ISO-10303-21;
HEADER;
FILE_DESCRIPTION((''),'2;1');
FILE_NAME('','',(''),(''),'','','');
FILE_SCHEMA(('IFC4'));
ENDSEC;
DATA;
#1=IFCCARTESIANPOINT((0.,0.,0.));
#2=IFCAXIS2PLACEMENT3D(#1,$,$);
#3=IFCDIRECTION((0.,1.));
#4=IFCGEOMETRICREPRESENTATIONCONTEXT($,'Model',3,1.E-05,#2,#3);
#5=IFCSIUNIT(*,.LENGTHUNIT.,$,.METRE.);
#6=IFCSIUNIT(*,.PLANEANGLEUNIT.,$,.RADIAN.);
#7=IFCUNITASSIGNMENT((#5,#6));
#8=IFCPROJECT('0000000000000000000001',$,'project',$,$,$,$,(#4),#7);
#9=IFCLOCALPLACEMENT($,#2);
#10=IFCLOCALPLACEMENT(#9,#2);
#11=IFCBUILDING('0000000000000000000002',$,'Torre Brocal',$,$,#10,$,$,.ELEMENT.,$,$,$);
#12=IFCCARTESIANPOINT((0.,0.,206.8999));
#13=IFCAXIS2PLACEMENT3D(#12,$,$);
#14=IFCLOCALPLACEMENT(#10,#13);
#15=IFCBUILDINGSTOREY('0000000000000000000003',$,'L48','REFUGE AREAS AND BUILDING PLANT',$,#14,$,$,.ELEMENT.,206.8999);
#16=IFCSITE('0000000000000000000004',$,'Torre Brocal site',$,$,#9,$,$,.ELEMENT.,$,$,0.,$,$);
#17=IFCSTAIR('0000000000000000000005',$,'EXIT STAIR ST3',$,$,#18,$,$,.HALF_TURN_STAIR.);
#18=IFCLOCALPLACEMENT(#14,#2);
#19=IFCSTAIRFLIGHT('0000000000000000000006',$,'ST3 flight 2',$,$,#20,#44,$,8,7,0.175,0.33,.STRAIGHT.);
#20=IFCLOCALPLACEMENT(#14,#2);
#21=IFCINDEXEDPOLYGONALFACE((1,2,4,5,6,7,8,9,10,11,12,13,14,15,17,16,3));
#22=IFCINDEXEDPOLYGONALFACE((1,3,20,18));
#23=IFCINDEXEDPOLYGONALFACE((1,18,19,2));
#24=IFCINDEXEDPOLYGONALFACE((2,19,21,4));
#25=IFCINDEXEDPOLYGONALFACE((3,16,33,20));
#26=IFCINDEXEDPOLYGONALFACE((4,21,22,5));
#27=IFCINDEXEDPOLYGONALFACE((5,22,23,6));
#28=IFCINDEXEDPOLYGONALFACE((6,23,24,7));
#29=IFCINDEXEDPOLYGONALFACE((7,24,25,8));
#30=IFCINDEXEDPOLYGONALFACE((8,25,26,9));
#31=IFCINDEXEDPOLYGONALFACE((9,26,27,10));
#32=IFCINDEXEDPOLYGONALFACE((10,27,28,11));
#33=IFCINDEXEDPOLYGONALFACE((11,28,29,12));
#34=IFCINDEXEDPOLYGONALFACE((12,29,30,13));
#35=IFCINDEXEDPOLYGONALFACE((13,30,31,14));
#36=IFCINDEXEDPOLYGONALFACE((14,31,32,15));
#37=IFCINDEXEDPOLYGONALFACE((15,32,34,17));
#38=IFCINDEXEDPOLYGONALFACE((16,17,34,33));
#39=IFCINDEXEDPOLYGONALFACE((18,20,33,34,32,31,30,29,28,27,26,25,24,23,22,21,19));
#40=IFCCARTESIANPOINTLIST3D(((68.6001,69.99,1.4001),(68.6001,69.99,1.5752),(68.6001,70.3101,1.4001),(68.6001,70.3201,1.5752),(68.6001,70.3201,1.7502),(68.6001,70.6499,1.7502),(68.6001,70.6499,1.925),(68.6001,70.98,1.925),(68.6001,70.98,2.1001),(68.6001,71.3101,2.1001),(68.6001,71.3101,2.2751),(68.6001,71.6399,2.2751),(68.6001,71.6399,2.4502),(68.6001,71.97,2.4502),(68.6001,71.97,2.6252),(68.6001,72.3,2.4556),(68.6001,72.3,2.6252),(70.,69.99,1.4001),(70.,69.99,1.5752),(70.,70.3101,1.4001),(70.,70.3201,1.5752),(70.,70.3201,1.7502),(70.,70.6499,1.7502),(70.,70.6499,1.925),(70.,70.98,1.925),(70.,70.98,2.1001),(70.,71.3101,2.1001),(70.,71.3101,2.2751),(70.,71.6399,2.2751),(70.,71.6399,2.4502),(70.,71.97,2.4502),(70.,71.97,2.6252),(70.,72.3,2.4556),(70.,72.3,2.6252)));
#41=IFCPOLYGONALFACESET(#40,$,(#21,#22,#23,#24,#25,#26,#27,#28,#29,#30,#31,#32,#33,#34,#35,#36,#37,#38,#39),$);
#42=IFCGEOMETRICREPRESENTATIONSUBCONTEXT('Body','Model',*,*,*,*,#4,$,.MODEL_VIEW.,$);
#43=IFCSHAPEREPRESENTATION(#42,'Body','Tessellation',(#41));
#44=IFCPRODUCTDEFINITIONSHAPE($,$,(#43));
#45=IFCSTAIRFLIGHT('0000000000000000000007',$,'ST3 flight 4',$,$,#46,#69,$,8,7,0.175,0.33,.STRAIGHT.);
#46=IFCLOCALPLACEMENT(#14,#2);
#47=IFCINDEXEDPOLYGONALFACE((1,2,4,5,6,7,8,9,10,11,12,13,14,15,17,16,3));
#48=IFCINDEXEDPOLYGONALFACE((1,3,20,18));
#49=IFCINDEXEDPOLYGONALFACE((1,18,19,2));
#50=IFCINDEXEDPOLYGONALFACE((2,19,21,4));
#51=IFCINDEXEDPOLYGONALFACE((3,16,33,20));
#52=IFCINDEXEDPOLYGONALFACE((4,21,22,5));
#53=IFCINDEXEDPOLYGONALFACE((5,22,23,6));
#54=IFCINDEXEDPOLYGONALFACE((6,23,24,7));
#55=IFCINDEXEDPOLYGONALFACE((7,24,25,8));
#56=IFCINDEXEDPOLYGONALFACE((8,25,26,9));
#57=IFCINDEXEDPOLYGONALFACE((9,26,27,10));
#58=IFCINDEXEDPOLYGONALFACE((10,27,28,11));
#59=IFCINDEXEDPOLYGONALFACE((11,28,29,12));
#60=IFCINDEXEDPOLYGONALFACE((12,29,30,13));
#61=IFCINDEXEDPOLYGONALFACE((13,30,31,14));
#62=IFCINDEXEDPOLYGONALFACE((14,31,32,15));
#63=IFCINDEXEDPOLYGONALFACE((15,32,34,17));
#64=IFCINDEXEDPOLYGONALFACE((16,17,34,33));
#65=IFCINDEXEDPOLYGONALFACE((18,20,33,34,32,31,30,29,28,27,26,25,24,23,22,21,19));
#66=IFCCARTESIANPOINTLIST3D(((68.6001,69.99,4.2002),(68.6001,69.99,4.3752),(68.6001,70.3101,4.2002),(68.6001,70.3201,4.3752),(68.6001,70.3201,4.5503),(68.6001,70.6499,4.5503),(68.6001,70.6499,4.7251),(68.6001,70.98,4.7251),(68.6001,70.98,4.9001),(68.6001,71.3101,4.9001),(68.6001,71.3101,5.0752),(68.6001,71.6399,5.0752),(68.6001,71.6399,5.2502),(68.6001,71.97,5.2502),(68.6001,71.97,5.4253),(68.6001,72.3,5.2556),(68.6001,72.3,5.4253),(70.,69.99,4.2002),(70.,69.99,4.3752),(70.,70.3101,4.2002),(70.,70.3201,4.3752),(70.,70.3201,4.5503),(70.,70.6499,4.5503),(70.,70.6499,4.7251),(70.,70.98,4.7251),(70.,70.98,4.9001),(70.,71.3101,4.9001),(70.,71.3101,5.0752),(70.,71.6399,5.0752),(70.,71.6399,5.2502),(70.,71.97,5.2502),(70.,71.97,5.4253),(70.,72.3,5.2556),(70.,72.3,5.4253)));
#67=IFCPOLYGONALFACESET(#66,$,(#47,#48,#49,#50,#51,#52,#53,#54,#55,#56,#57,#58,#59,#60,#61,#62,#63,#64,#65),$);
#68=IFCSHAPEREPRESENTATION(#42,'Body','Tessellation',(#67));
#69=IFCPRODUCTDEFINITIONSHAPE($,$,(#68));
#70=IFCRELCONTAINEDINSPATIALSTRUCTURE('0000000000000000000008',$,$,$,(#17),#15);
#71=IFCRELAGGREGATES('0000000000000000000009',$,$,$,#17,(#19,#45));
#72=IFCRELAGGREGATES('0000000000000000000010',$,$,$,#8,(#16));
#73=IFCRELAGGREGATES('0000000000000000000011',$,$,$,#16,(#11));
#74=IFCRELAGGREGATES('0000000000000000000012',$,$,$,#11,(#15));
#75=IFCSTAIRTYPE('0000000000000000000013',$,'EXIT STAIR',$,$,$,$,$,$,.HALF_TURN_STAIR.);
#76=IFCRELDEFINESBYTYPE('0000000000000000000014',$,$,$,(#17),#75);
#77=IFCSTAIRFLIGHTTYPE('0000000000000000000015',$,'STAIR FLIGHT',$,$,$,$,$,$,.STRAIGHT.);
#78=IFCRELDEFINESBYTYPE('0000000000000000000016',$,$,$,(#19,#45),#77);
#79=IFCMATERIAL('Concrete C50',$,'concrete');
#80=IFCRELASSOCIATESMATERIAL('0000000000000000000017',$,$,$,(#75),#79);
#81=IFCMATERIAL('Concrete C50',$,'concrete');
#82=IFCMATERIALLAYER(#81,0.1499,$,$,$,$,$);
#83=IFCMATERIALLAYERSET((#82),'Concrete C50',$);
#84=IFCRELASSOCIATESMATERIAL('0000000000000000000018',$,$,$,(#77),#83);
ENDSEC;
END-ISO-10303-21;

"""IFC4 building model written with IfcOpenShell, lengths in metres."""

from ifc_helpers import new_model, si_unit, direction, frame, origin, place, context, subcontext, project, spatial, polyline, outline, extrude, material, layer, layer_set, type_object, element, aggregate, save


model = new_model("IFC4")

# Units and contexts
model_context = context("Model", 3, precision=1e-05, world=origin(), true_north=direction((0.0, 1.0)))
body_context = subcontext(model_context, "Body", "Model", "MODEL_VIEW")
ifc_project = project(units=[si_unit("LENGTHUNIT", "METRE"), si_unit("PLANEANGLEUNIT", "RADIAN")], contexts=[model_context])

# Site, building, storey
site_placement = place(None, origin())
site = spatial("IfcSite", under=ifc_project, at=site_placement, Name="Torre Brocal site", CompositionType="ELEMENT", RefElevation=0.0)
building_placement = place(site_placement, origin())
building = spatial("IfcBuilding", under=site, at=building_placement, Name="Torre Brocal", CompositionType="ELEMENT")
storey_placement = place(building_placement, frame((0.0, 0.0, 206.8999)))
storey = spatial("IfcBuildingStorey", under=building, at=storey_placement, Name="L48", Description="REFUGE AREAS AND BUILDING PLANT", CompositionType="ELEMENT", Elevation=206.8999)

# Stair, stair flights
ifc_material_1 = material(Name="Concrete C50", Category="concrete")
stair_type = type_object("IfcStairType", Name="EXIT STAIR", PredefinedType="HALF_TURN_STAIR", material=ifc_material_1)
stair_placement = place(storey_placement, origin())
stair = element("IfcStair", 1, at=stair_placement, inside=storey, type_object=stair_type, Name="EXIT STAIR ST3", PredefinedType="HALF_TURN_STAIR")
ifc_material_2 = material(Name="Concrete C50", Category="concrete")
ifc_layer_1 = layer(ifc_material_2, 0.1499)
ifc_layer_set_1 = layer_set([ifc_layer_1], Name="Concrete C50")
stair_flight_type = type_object("IfcStairFlightType", Name="STAIR FLIGHT", PredefinedType="STRAIGHT", material=ifc_layer_set_1)
stair_flight_1_placement = place(storey_placement, frame((69.3, 69.99, 1.4001), z_axis=(0.0, 0.0, 1.0), x_axis=(0.0, 1.0, 0.0)))
stair_flight_1 = element("IfcStairFlight", 2, at=stair_flight_1_placement, type_object=stair_flight_type, Name="ST3 flight 2", NumberOfRisers=8, NumberOfTreads=7, PredefinedType="STRAIGHT", RiserHeight=0.175, TreadLength=0.33, context=body_context, shape_type="SweptSolid", body=[
    extrude(outline(polyline([(0.0, 0.0), (0.0, 0.175), (0.3301, 0.175), (0.3301, 0.3501), (0.6599, 0.3501), (0.6599, 0.5249), (0.99, 0.5249), (0.99, 0.7), (1.3201, 0.7), (1.3201, 0.875), (1.6499, 0.875), (1.6499, 1.05), (1.98, 1.05), (1.98, 1.2251), (2.3101, 1.2251), (2.3101, 1.3999), (2.3101, 1.0554), (0.3201, 0.0), (0.0, 0.0)])), frame((0.0, 0.7, 0.0), z_axis=(0.0, -1.0, 0.0), x_axis=(1.0, 0.0, 0.0)), (0.0, 0.0, 1.0), 1.3999),
])
stair_flight_2_placement = place(storey_placement, frame((69.3, 69.99, 4.2002), z_axis=(0.0, 0.0, 1.0), x_axis=(0.0, 1.0, 0.0)))
stair_flight_2 = element("IfcStairFlight", 3, at=stair_flight_2_placement, type_object=stair_flight_type, Name="ST3 flight 4", NumberOfRisers=8, NumberOfTreads=7, PredefinedType="STRAIGHT", RiserHeight=0.175, TreadLength=0.33, context=body_context, shape_type="SweptSolid", body=[
    extrude(outline(polyline([(0.0, 0.0), (0.0, 0.175), (0.3301, 0.175), (0.3301, 0.3501), (0.6599, 0.3501), (0.6599, 0.5249), (0.99, 0.5249), (0.99, 0.7), (1.3201, 0.7), (1.3201, 0.875), (1.6499, 0.875), (1.6499, 1.05), (1.98, 1.05), (1.98, 1.2251), (2.3101, 1.2251), (2.3101, 1.3999), (2.3101, 1.0554), (0.3201, 0.0), (0.0, 0.0)])), frame((0.0, 0.7, 0.0), z_axis=(0.0, -1.0, 0.0), x_axis=(1.0, 0.0, 0.0)), (0.0, 0.0, 1.0), 1.3999),
])
aggregate(stair, [stair_flight_1, stair_flight_2])

save(model, "model.ifc")
